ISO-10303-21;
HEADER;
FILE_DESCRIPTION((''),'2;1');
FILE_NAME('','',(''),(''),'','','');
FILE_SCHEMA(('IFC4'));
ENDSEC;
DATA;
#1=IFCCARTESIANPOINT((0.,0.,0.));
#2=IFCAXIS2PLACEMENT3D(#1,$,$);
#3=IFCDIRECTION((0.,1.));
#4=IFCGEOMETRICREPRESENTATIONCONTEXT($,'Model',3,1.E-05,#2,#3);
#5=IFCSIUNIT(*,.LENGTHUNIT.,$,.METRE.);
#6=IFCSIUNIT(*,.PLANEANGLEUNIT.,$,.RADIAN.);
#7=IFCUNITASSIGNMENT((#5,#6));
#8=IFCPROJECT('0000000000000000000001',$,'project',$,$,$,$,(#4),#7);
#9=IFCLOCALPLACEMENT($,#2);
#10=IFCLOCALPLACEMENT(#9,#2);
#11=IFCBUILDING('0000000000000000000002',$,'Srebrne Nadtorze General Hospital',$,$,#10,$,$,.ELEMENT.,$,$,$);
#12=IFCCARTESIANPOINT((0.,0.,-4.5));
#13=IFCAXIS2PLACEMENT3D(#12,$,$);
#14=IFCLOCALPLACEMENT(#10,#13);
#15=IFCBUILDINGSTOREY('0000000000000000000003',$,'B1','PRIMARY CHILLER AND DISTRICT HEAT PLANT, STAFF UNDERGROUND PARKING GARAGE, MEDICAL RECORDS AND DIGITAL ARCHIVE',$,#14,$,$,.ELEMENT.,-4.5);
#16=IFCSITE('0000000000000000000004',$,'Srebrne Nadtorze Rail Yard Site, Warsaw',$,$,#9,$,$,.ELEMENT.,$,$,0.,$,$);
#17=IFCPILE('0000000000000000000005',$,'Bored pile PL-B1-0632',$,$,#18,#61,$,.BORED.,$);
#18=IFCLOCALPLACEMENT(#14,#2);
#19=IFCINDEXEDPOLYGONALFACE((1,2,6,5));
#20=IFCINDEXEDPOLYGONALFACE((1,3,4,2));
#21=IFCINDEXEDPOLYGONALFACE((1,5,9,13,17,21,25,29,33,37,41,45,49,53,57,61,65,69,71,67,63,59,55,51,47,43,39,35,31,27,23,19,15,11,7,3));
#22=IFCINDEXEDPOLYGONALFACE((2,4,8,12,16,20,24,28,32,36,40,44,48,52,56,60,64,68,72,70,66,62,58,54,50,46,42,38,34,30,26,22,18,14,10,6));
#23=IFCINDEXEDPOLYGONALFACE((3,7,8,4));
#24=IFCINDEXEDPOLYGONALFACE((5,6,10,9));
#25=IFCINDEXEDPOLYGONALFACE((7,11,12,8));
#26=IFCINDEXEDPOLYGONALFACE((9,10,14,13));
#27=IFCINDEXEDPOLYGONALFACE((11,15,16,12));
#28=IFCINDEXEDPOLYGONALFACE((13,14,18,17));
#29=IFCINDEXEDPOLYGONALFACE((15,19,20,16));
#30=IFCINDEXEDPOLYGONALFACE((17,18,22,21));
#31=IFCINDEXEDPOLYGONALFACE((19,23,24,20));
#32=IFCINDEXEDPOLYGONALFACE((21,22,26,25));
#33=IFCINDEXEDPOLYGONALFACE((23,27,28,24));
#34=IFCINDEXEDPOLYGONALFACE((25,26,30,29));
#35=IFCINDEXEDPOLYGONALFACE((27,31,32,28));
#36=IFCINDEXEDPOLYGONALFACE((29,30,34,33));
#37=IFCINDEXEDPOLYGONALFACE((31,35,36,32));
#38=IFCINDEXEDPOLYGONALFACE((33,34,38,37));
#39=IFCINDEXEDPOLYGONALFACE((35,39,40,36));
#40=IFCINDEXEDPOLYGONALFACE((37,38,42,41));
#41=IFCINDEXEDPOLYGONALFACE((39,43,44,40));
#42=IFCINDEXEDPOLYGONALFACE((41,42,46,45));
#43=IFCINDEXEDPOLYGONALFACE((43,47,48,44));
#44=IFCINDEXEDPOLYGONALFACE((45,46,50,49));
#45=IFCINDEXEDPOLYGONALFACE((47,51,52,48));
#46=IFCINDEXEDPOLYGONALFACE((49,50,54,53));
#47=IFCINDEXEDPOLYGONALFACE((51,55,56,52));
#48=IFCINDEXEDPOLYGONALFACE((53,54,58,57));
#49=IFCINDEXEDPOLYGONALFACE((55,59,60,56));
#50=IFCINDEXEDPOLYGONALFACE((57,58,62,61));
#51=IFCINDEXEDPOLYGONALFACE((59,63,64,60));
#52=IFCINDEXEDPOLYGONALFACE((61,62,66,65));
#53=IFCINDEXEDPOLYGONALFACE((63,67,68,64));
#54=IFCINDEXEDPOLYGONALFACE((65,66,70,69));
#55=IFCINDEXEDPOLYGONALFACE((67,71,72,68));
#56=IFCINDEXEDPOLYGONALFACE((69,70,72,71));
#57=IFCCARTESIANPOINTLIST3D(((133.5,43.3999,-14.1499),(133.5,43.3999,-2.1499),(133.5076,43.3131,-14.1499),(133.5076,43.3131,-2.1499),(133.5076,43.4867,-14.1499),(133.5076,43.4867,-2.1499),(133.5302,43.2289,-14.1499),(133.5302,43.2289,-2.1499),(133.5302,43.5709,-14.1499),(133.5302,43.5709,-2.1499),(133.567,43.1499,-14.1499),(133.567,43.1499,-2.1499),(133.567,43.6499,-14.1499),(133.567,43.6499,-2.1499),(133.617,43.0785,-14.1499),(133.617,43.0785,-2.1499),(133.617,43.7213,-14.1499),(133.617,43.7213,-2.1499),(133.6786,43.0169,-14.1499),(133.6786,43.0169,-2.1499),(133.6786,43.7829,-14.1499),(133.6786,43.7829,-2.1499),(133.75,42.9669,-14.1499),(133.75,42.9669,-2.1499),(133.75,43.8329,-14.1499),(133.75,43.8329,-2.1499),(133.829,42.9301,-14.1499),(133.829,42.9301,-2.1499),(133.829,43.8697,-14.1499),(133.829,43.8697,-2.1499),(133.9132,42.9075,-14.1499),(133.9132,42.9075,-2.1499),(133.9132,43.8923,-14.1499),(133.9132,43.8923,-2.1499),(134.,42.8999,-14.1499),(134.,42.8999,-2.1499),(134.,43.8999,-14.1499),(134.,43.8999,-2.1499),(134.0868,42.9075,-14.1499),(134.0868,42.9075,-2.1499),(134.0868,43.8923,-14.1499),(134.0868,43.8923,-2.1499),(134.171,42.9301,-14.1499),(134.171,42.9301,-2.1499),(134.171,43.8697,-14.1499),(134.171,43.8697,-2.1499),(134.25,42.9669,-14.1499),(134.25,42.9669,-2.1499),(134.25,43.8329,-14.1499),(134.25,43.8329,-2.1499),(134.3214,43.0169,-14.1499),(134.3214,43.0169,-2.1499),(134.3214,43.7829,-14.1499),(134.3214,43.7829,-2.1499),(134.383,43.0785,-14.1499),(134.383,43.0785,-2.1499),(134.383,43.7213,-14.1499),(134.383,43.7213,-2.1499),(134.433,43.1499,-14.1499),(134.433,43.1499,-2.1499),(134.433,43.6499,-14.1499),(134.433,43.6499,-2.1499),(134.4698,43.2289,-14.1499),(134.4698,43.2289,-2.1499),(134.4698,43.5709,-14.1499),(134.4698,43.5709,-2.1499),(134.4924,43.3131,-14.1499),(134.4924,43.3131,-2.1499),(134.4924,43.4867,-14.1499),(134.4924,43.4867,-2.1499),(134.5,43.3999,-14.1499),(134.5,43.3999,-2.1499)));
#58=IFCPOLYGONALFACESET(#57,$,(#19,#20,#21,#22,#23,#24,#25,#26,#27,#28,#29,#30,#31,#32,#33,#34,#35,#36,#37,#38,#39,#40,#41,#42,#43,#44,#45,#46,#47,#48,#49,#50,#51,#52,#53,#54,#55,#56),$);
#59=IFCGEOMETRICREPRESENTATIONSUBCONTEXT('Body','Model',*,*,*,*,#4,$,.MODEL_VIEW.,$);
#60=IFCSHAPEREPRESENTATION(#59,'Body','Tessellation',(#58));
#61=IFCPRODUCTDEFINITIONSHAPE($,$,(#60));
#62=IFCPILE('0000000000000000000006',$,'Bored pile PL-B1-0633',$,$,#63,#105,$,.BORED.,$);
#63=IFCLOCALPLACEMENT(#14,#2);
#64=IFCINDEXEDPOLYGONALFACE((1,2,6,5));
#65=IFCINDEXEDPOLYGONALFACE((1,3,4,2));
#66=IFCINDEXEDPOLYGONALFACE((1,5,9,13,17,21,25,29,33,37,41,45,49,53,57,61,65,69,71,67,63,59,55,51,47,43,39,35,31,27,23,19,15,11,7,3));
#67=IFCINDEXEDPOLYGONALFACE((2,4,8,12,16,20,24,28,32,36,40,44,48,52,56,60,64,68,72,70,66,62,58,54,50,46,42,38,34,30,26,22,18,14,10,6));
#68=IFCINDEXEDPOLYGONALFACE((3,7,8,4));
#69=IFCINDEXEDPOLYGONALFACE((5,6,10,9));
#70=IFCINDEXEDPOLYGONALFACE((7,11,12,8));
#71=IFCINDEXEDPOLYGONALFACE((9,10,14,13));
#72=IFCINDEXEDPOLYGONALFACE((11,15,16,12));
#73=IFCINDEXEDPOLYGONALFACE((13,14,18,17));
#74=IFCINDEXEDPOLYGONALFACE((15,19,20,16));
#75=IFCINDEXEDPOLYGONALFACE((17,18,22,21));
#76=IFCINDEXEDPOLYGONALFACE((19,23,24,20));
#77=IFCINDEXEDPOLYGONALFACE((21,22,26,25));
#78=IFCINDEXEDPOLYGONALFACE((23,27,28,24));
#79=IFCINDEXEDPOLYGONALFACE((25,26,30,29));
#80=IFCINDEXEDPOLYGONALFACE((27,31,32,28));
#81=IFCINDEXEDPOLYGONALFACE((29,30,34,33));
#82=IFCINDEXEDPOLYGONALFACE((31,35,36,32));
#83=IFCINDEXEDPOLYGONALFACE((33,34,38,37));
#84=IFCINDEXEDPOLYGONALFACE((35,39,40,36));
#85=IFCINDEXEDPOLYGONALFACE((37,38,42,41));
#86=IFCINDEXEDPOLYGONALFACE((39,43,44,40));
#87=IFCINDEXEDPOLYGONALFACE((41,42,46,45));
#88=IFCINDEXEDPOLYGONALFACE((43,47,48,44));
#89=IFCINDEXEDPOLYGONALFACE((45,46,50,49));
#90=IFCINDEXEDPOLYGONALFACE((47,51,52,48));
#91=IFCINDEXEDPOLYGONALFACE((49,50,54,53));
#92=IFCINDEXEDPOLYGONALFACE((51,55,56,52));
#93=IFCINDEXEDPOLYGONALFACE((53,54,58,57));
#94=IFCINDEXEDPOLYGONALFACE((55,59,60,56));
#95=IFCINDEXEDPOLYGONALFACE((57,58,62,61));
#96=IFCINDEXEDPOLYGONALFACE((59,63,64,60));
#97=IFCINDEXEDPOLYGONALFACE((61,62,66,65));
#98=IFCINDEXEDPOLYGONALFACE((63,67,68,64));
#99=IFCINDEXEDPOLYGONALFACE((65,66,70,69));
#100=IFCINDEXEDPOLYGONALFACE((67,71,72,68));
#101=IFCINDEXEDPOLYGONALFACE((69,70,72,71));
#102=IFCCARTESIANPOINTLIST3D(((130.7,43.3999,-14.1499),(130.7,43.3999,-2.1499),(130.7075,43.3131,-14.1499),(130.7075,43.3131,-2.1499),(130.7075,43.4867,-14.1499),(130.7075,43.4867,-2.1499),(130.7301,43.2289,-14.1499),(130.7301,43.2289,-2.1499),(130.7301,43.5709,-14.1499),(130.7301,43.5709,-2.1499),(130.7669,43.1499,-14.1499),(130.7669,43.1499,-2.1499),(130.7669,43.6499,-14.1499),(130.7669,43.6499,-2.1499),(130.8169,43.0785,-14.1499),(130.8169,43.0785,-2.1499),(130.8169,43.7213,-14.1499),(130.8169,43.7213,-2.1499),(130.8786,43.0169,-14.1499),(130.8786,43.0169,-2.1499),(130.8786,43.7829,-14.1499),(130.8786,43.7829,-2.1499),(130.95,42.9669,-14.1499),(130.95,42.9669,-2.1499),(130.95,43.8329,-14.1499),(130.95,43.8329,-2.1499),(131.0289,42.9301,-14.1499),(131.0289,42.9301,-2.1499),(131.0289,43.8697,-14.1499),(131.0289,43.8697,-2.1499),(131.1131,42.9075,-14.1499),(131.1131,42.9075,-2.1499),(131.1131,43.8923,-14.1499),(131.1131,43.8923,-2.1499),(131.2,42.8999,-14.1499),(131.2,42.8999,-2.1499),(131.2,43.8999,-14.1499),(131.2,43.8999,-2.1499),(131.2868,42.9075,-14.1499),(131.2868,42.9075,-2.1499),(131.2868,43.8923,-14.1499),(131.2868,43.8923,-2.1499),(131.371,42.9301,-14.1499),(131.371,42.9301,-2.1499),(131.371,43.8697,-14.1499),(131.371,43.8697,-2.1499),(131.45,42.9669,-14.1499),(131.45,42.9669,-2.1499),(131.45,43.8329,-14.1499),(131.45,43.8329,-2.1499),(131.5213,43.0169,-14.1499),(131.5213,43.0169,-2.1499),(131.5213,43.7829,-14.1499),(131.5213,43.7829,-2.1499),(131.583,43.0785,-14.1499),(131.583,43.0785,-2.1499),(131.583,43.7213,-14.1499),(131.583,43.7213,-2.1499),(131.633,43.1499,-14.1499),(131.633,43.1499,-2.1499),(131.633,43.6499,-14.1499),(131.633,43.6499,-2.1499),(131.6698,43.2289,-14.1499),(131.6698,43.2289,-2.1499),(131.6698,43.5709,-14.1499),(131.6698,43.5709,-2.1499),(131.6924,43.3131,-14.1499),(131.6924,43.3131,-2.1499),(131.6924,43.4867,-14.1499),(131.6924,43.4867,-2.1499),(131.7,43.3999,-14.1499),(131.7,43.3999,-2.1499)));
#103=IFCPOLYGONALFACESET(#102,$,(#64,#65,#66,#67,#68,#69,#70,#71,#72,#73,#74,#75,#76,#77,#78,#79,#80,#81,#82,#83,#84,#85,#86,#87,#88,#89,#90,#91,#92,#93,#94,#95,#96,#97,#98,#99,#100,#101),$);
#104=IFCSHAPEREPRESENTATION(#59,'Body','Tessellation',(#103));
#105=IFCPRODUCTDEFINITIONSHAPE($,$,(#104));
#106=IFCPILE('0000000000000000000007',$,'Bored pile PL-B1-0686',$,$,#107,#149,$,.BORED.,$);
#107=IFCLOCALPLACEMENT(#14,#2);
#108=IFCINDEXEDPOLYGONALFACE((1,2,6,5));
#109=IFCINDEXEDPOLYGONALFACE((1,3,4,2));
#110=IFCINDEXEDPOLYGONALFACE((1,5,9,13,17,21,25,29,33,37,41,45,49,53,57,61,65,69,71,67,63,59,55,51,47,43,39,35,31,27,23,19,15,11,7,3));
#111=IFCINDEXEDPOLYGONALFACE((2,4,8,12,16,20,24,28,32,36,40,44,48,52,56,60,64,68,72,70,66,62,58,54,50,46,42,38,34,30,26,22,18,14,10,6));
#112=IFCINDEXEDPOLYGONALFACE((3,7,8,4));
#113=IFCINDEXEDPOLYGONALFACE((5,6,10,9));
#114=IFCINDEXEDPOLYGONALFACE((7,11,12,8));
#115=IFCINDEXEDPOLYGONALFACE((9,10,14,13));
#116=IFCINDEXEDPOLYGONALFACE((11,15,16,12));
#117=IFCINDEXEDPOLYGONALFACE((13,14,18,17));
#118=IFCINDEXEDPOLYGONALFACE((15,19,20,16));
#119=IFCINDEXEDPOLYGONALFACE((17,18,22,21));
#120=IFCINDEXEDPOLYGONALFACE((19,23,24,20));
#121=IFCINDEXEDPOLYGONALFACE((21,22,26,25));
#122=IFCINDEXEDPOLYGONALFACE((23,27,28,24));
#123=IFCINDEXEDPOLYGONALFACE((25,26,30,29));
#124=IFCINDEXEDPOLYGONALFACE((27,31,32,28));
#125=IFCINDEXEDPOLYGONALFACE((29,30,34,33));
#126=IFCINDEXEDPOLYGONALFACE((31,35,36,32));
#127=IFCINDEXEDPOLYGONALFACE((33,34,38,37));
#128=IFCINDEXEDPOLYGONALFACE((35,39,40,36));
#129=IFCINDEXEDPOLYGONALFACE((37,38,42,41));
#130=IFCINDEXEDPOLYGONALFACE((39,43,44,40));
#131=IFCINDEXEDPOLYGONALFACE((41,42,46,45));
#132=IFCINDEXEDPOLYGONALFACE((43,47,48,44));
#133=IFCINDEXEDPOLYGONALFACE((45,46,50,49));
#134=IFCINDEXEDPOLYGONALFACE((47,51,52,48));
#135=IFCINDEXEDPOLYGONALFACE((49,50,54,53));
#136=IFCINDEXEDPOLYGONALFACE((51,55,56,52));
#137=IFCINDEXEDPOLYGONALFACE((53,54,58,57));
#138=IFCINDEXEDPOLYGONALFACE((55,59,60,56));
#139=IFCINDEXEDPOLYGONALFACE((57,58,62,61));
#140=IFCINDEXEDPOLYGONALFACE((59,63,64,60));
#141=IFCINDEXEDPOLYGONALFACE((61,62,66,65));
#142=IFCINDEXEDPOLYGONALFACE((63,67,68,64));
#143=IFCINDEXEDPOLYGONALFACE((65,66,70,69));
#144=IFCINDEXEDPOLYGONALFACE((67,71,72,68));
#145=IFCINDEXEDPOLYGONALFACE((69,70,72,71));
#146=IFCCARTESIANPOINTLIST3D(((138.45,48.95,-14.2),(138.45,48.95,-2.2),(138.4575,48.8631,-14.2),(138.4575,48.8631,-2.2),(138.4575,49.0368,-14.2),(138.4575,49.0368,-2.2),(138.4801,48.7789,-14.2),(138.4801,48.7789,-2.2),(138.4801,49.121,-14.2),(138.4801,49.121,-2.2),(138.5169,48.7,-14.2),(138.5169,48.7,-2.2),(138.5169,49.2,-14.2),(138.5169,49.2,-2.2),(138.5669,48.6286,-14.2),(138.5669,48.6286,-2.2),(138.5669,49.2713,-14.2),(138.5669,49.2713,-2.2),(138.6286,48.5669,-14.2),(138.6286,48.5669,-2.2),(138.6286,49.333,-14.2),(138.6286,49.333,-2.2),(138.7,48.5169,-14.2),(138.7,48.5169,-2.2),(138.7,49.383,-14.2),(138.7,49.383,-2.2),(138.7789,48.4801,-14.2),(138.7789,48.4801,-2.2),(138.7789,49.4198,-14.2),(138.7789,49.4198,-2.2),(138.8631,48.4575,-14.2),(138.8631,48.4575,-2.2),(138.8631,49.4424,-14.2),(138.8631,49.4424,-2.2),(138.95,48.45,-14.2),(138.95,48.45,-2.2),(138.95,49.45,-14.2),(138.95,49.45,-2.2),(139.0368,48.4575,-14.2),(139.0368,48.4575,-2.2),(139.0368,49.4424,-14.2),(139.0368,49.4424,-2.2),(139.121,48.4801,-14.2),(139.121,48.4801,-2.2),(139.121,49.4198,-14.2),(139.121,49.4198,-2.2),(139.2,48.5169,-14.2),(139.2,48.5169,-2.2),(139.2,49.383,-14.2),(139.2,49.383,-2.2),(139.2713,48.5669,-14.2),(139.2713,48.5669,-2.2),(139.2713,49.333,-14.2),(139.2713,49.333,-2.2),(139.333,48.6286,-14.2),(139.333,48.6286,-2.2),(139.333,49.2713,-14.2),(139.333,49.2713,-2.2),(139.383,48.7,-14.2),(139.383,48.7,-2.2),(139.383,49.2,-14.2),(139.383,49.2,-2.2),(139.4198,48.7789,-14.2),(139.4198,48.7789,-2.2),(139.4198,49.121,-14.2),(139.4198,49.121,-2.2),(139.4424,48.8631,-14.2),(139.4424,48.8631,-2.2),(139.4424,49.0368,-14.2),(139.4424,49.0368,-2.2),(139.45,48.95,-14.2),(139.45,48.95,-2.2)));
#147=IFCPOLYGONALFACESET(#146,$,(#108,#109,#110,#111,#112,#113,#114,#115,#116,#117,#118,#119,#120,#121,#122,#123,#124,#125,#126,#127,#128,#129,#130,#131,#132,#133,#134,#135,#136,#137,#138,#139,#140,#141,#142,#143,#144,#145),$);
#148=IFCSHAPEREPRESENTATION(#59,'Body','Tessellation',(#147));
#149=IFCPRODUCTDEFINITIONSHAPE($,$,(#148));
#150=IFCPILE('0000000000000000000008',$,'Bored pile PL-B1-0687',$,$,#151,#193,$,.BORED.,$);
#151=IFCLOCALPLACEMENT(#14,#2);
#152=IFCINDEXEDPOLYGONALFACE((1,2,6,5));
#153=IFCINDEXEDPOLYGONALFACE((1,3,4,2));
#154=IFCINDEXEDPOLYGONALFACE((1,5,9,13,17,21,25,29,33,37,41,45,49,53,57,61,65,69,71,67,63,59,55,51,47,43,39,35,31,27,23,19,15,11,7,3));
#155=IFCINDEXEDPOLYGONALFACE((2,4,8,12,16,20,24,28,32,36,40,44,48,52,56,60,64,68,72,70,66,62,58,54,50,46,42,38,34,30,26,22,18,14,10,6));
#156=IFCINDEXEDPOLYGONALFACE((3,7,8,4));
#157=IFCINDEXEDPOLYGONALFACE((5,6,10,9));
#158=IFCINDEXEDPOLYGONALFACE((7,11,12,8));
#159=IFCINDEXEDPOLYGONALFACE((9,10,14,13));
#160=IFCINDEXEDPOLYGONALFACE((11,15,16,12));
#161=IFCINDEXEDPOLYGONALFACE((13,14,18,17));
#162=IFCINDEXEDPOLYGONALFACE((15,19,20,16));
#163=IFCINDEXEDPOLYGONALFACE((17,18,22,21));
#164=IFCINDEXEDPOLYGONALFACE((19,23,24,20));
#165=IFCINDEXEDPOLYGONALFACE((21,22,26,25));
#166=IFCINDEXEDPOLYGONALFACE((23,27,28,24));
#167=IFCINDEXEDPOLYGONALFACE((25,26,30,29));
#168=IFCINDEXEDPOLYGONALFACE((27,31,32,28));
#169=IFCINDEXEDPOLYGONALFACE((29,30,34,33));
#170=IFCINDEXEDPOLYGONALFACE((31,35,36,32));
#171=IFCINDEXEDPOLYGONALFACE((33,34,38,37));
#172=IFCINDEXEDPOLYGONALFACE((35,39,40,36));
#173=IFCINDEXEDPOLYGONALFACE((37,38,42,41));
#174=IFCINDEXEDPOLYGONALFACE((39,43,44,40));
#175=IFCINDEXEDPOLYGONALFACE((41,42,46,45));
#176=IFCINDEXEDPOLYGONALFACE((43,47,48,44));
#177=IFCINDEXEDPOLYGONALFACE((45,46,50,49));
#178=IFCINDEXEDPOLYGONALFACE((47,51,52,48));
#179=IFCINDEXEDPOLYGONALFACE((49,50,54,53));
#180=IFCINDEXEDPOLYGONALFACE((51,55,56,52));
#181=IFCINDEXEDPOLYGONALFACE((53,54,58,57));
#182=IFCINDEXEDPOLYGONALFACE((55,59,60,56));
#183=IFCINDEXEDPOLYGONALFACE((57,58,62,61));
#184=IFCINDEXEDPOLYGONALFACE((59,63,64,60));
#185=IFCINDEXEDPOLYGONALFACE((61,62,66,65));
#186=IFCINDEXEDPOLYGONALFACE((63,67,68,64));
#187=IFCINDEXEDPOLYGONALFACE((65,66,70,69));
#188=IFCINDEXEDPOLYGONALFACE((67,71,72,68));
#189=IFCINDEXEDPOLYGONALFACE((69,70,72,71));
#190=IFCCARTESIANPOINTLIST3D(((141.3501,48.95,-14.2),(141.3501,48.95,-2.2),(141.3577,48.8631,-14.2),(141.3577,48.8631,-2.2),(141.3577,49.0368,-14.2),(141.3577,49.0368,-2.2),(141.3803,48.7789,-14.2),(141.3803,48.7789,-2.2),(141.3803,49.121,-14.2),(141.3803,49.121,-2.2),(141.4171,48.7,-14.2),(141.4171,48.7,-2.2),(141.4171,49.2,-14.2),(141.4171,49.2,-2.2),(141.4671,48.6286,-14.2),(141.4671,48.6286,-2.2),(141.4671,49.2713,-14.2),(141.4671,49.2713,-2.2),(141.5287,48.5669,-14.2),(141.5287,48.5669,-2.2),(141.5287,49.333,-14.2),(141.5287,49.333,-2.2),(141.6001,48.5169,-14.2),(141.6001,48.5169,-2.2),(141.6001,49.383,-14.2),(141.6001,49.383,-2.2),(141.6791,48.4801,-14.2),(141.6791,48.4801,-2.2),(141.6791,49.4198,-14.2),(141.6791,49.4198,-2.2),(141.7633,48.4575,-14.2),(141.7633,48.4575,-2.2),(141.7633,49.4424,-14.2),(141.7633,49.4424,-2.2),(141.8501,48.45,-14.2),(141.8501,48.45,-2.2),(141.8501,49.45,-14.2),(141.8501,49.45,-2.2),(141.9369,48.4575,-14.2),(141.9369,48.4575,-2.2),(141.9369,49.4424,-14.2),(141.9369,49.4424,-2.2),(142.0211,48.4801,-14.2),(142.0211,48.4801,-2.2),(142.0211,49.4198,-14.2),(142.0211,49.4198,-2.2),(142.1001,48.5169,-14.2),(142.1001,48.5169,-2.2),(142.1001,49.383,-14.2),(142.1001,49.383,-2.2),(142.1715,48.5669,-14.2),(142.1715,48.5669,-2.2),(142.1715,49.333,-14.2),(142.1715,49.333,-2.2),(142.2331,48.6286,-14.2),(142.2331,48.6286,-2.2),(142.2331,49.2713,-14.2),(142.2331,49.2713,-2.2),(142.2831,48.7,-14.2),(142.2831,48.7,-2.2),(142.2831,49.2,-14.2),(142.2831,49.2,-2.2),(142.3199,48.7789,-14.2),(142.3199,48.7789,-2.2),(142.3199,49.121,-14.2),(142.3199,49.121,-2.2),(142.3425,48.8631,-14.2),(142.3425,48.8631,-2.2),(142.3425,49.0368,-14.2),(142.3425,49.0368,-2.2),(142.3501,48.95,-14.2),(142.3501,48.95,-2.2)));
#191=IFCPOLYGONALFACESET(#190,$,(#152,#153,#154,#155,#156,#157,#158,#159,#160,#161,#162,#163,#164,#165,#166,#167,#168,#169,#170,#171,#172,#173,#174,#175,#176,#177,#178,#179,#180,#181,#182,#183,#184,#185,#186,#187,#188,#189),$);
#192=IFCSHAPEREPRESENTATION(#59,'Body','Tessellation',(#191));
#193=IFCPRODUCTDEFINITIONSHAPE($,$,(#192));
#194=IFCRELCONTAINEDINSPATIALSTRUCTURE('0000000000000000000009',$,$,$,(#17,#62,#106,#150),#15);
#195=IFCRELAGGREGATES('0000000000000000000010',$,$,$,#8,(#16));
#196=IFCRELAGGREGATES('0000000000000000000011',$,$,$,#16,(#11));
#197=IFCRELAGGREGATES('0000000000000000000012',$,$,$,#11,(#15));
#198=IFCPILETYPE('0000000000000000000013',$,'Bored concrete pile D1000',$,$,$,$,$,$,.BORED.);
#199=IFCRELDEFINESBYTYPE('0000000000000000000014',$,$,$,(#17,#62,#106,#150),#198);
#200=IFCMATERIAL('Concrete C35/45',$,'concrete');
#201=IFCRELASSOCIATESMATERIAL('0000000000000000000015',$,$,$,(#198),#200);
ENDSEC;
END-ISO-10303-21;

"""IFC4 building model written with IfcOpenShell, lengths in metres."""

from ifc_helpers import new_model, si_unit, direction, frame, origin, origin_2d, place, context, subcontext, project, spatial, circle, extrude, material, material_profile, profile_set, type_object, element, save


model = new_model("IFC4")

# Units and contexts
model_context = context("Model", 3, precision=1e-05, world=origin(), true_north=direction((0.0, 1.0)))
body_context = subcontext(model_context, "Body", "Model", "MODEL_VIEW")
ifc_project = project(units=[si_unit("LENGTHUNIT", "METRE"), si_unit("PLANEANGLEUNIT", "RADIAN")], contexts=[model_context])

# Site, building, storey
site_placement = place(None, origin())
site = spatial("IfcSite", under=ifc_project, at=site_placement, Name="Srebrne Nadtorze Rail Yard Site, Warsaw", CompositionType="ELEMENT", RefElevation=0.0)
building_placement = place(site_placement, origin())
building = spatial("IfcBuilding", under=site, at=building_placement, Name="Srebrne Nadtorze General Hospital", CompositionType="ELEMENT")
storey_placement = place(building_placement, frame((0.0, 0.0, -4.5)))
storey = spatial("IfcBuildingStorey", under=building, at=storey_placement, Name="B1", Description="PRIMARY CHILLER AND DISTRICT HEAT PLANT, STAFF UNDERGROUND PARKING GARAGE, MEDICAL RECORDS AND DIGITAL ARCHIVE", CompositionType="ELEMENT", Elevation=-4.5)

# Piles
ifc_material_1 = material(Name="Concrete C35/45", Category="concrete")
ifc_material_profile_1 = material_profile(ifc_material_1, circle(Radius=0.5, at=origin_2d()), Name="PILE-D1000")
ifc_profile_set_1 = profile_set([ifc_material_profile_1], Name="Concrete C35/45")
pile_type_1 = type_object("IfcPileType", Name="Bored concrete pile D1000", PredefinedType="BORED", material=ifc_profile_set_1)
for number, where, z_axis, x_axis, name in (
    (1, (134.0, 43.3999, -2.1499), (0.0, 0.0, -1.0), (1.0, 0.0, 0.0), "Bored pile PL-B1-0632"),
    (2, (131.2, 43.3999, -2.1499), (0.0, 0.0, -1.0), (1.0, 0.0, 0.0), "Bored pile PL-B1-0633"),
    (3, (138.95, 48.95, -2.2), (0.0, 0.0, -1.0), (1.0, 0.0, 0.0), "Bored pile PL-B1-0686"),
    (4, (141.8501, 48.95, -2.2), (0.0, 0.0, -1.0), (1.0, 0.0, 0.0), "Bored pile PL-B1-0687"),
):
    element("IfcPile", number, at=place(storey_placement, frame(where, z_axis=z_axis, x_axis=x_axis)), inside=storey, type_object=pile_type_1, Name=name, PredefinedType="BORED", context=body_context, shape_type="SweptSolid", body=[
        extrude(circle(Radius=0.5, at=origin_2d()), origin(), (0.0, 0.0, 1.0), 12.0),
    ])

save(model, "model.ifc")
